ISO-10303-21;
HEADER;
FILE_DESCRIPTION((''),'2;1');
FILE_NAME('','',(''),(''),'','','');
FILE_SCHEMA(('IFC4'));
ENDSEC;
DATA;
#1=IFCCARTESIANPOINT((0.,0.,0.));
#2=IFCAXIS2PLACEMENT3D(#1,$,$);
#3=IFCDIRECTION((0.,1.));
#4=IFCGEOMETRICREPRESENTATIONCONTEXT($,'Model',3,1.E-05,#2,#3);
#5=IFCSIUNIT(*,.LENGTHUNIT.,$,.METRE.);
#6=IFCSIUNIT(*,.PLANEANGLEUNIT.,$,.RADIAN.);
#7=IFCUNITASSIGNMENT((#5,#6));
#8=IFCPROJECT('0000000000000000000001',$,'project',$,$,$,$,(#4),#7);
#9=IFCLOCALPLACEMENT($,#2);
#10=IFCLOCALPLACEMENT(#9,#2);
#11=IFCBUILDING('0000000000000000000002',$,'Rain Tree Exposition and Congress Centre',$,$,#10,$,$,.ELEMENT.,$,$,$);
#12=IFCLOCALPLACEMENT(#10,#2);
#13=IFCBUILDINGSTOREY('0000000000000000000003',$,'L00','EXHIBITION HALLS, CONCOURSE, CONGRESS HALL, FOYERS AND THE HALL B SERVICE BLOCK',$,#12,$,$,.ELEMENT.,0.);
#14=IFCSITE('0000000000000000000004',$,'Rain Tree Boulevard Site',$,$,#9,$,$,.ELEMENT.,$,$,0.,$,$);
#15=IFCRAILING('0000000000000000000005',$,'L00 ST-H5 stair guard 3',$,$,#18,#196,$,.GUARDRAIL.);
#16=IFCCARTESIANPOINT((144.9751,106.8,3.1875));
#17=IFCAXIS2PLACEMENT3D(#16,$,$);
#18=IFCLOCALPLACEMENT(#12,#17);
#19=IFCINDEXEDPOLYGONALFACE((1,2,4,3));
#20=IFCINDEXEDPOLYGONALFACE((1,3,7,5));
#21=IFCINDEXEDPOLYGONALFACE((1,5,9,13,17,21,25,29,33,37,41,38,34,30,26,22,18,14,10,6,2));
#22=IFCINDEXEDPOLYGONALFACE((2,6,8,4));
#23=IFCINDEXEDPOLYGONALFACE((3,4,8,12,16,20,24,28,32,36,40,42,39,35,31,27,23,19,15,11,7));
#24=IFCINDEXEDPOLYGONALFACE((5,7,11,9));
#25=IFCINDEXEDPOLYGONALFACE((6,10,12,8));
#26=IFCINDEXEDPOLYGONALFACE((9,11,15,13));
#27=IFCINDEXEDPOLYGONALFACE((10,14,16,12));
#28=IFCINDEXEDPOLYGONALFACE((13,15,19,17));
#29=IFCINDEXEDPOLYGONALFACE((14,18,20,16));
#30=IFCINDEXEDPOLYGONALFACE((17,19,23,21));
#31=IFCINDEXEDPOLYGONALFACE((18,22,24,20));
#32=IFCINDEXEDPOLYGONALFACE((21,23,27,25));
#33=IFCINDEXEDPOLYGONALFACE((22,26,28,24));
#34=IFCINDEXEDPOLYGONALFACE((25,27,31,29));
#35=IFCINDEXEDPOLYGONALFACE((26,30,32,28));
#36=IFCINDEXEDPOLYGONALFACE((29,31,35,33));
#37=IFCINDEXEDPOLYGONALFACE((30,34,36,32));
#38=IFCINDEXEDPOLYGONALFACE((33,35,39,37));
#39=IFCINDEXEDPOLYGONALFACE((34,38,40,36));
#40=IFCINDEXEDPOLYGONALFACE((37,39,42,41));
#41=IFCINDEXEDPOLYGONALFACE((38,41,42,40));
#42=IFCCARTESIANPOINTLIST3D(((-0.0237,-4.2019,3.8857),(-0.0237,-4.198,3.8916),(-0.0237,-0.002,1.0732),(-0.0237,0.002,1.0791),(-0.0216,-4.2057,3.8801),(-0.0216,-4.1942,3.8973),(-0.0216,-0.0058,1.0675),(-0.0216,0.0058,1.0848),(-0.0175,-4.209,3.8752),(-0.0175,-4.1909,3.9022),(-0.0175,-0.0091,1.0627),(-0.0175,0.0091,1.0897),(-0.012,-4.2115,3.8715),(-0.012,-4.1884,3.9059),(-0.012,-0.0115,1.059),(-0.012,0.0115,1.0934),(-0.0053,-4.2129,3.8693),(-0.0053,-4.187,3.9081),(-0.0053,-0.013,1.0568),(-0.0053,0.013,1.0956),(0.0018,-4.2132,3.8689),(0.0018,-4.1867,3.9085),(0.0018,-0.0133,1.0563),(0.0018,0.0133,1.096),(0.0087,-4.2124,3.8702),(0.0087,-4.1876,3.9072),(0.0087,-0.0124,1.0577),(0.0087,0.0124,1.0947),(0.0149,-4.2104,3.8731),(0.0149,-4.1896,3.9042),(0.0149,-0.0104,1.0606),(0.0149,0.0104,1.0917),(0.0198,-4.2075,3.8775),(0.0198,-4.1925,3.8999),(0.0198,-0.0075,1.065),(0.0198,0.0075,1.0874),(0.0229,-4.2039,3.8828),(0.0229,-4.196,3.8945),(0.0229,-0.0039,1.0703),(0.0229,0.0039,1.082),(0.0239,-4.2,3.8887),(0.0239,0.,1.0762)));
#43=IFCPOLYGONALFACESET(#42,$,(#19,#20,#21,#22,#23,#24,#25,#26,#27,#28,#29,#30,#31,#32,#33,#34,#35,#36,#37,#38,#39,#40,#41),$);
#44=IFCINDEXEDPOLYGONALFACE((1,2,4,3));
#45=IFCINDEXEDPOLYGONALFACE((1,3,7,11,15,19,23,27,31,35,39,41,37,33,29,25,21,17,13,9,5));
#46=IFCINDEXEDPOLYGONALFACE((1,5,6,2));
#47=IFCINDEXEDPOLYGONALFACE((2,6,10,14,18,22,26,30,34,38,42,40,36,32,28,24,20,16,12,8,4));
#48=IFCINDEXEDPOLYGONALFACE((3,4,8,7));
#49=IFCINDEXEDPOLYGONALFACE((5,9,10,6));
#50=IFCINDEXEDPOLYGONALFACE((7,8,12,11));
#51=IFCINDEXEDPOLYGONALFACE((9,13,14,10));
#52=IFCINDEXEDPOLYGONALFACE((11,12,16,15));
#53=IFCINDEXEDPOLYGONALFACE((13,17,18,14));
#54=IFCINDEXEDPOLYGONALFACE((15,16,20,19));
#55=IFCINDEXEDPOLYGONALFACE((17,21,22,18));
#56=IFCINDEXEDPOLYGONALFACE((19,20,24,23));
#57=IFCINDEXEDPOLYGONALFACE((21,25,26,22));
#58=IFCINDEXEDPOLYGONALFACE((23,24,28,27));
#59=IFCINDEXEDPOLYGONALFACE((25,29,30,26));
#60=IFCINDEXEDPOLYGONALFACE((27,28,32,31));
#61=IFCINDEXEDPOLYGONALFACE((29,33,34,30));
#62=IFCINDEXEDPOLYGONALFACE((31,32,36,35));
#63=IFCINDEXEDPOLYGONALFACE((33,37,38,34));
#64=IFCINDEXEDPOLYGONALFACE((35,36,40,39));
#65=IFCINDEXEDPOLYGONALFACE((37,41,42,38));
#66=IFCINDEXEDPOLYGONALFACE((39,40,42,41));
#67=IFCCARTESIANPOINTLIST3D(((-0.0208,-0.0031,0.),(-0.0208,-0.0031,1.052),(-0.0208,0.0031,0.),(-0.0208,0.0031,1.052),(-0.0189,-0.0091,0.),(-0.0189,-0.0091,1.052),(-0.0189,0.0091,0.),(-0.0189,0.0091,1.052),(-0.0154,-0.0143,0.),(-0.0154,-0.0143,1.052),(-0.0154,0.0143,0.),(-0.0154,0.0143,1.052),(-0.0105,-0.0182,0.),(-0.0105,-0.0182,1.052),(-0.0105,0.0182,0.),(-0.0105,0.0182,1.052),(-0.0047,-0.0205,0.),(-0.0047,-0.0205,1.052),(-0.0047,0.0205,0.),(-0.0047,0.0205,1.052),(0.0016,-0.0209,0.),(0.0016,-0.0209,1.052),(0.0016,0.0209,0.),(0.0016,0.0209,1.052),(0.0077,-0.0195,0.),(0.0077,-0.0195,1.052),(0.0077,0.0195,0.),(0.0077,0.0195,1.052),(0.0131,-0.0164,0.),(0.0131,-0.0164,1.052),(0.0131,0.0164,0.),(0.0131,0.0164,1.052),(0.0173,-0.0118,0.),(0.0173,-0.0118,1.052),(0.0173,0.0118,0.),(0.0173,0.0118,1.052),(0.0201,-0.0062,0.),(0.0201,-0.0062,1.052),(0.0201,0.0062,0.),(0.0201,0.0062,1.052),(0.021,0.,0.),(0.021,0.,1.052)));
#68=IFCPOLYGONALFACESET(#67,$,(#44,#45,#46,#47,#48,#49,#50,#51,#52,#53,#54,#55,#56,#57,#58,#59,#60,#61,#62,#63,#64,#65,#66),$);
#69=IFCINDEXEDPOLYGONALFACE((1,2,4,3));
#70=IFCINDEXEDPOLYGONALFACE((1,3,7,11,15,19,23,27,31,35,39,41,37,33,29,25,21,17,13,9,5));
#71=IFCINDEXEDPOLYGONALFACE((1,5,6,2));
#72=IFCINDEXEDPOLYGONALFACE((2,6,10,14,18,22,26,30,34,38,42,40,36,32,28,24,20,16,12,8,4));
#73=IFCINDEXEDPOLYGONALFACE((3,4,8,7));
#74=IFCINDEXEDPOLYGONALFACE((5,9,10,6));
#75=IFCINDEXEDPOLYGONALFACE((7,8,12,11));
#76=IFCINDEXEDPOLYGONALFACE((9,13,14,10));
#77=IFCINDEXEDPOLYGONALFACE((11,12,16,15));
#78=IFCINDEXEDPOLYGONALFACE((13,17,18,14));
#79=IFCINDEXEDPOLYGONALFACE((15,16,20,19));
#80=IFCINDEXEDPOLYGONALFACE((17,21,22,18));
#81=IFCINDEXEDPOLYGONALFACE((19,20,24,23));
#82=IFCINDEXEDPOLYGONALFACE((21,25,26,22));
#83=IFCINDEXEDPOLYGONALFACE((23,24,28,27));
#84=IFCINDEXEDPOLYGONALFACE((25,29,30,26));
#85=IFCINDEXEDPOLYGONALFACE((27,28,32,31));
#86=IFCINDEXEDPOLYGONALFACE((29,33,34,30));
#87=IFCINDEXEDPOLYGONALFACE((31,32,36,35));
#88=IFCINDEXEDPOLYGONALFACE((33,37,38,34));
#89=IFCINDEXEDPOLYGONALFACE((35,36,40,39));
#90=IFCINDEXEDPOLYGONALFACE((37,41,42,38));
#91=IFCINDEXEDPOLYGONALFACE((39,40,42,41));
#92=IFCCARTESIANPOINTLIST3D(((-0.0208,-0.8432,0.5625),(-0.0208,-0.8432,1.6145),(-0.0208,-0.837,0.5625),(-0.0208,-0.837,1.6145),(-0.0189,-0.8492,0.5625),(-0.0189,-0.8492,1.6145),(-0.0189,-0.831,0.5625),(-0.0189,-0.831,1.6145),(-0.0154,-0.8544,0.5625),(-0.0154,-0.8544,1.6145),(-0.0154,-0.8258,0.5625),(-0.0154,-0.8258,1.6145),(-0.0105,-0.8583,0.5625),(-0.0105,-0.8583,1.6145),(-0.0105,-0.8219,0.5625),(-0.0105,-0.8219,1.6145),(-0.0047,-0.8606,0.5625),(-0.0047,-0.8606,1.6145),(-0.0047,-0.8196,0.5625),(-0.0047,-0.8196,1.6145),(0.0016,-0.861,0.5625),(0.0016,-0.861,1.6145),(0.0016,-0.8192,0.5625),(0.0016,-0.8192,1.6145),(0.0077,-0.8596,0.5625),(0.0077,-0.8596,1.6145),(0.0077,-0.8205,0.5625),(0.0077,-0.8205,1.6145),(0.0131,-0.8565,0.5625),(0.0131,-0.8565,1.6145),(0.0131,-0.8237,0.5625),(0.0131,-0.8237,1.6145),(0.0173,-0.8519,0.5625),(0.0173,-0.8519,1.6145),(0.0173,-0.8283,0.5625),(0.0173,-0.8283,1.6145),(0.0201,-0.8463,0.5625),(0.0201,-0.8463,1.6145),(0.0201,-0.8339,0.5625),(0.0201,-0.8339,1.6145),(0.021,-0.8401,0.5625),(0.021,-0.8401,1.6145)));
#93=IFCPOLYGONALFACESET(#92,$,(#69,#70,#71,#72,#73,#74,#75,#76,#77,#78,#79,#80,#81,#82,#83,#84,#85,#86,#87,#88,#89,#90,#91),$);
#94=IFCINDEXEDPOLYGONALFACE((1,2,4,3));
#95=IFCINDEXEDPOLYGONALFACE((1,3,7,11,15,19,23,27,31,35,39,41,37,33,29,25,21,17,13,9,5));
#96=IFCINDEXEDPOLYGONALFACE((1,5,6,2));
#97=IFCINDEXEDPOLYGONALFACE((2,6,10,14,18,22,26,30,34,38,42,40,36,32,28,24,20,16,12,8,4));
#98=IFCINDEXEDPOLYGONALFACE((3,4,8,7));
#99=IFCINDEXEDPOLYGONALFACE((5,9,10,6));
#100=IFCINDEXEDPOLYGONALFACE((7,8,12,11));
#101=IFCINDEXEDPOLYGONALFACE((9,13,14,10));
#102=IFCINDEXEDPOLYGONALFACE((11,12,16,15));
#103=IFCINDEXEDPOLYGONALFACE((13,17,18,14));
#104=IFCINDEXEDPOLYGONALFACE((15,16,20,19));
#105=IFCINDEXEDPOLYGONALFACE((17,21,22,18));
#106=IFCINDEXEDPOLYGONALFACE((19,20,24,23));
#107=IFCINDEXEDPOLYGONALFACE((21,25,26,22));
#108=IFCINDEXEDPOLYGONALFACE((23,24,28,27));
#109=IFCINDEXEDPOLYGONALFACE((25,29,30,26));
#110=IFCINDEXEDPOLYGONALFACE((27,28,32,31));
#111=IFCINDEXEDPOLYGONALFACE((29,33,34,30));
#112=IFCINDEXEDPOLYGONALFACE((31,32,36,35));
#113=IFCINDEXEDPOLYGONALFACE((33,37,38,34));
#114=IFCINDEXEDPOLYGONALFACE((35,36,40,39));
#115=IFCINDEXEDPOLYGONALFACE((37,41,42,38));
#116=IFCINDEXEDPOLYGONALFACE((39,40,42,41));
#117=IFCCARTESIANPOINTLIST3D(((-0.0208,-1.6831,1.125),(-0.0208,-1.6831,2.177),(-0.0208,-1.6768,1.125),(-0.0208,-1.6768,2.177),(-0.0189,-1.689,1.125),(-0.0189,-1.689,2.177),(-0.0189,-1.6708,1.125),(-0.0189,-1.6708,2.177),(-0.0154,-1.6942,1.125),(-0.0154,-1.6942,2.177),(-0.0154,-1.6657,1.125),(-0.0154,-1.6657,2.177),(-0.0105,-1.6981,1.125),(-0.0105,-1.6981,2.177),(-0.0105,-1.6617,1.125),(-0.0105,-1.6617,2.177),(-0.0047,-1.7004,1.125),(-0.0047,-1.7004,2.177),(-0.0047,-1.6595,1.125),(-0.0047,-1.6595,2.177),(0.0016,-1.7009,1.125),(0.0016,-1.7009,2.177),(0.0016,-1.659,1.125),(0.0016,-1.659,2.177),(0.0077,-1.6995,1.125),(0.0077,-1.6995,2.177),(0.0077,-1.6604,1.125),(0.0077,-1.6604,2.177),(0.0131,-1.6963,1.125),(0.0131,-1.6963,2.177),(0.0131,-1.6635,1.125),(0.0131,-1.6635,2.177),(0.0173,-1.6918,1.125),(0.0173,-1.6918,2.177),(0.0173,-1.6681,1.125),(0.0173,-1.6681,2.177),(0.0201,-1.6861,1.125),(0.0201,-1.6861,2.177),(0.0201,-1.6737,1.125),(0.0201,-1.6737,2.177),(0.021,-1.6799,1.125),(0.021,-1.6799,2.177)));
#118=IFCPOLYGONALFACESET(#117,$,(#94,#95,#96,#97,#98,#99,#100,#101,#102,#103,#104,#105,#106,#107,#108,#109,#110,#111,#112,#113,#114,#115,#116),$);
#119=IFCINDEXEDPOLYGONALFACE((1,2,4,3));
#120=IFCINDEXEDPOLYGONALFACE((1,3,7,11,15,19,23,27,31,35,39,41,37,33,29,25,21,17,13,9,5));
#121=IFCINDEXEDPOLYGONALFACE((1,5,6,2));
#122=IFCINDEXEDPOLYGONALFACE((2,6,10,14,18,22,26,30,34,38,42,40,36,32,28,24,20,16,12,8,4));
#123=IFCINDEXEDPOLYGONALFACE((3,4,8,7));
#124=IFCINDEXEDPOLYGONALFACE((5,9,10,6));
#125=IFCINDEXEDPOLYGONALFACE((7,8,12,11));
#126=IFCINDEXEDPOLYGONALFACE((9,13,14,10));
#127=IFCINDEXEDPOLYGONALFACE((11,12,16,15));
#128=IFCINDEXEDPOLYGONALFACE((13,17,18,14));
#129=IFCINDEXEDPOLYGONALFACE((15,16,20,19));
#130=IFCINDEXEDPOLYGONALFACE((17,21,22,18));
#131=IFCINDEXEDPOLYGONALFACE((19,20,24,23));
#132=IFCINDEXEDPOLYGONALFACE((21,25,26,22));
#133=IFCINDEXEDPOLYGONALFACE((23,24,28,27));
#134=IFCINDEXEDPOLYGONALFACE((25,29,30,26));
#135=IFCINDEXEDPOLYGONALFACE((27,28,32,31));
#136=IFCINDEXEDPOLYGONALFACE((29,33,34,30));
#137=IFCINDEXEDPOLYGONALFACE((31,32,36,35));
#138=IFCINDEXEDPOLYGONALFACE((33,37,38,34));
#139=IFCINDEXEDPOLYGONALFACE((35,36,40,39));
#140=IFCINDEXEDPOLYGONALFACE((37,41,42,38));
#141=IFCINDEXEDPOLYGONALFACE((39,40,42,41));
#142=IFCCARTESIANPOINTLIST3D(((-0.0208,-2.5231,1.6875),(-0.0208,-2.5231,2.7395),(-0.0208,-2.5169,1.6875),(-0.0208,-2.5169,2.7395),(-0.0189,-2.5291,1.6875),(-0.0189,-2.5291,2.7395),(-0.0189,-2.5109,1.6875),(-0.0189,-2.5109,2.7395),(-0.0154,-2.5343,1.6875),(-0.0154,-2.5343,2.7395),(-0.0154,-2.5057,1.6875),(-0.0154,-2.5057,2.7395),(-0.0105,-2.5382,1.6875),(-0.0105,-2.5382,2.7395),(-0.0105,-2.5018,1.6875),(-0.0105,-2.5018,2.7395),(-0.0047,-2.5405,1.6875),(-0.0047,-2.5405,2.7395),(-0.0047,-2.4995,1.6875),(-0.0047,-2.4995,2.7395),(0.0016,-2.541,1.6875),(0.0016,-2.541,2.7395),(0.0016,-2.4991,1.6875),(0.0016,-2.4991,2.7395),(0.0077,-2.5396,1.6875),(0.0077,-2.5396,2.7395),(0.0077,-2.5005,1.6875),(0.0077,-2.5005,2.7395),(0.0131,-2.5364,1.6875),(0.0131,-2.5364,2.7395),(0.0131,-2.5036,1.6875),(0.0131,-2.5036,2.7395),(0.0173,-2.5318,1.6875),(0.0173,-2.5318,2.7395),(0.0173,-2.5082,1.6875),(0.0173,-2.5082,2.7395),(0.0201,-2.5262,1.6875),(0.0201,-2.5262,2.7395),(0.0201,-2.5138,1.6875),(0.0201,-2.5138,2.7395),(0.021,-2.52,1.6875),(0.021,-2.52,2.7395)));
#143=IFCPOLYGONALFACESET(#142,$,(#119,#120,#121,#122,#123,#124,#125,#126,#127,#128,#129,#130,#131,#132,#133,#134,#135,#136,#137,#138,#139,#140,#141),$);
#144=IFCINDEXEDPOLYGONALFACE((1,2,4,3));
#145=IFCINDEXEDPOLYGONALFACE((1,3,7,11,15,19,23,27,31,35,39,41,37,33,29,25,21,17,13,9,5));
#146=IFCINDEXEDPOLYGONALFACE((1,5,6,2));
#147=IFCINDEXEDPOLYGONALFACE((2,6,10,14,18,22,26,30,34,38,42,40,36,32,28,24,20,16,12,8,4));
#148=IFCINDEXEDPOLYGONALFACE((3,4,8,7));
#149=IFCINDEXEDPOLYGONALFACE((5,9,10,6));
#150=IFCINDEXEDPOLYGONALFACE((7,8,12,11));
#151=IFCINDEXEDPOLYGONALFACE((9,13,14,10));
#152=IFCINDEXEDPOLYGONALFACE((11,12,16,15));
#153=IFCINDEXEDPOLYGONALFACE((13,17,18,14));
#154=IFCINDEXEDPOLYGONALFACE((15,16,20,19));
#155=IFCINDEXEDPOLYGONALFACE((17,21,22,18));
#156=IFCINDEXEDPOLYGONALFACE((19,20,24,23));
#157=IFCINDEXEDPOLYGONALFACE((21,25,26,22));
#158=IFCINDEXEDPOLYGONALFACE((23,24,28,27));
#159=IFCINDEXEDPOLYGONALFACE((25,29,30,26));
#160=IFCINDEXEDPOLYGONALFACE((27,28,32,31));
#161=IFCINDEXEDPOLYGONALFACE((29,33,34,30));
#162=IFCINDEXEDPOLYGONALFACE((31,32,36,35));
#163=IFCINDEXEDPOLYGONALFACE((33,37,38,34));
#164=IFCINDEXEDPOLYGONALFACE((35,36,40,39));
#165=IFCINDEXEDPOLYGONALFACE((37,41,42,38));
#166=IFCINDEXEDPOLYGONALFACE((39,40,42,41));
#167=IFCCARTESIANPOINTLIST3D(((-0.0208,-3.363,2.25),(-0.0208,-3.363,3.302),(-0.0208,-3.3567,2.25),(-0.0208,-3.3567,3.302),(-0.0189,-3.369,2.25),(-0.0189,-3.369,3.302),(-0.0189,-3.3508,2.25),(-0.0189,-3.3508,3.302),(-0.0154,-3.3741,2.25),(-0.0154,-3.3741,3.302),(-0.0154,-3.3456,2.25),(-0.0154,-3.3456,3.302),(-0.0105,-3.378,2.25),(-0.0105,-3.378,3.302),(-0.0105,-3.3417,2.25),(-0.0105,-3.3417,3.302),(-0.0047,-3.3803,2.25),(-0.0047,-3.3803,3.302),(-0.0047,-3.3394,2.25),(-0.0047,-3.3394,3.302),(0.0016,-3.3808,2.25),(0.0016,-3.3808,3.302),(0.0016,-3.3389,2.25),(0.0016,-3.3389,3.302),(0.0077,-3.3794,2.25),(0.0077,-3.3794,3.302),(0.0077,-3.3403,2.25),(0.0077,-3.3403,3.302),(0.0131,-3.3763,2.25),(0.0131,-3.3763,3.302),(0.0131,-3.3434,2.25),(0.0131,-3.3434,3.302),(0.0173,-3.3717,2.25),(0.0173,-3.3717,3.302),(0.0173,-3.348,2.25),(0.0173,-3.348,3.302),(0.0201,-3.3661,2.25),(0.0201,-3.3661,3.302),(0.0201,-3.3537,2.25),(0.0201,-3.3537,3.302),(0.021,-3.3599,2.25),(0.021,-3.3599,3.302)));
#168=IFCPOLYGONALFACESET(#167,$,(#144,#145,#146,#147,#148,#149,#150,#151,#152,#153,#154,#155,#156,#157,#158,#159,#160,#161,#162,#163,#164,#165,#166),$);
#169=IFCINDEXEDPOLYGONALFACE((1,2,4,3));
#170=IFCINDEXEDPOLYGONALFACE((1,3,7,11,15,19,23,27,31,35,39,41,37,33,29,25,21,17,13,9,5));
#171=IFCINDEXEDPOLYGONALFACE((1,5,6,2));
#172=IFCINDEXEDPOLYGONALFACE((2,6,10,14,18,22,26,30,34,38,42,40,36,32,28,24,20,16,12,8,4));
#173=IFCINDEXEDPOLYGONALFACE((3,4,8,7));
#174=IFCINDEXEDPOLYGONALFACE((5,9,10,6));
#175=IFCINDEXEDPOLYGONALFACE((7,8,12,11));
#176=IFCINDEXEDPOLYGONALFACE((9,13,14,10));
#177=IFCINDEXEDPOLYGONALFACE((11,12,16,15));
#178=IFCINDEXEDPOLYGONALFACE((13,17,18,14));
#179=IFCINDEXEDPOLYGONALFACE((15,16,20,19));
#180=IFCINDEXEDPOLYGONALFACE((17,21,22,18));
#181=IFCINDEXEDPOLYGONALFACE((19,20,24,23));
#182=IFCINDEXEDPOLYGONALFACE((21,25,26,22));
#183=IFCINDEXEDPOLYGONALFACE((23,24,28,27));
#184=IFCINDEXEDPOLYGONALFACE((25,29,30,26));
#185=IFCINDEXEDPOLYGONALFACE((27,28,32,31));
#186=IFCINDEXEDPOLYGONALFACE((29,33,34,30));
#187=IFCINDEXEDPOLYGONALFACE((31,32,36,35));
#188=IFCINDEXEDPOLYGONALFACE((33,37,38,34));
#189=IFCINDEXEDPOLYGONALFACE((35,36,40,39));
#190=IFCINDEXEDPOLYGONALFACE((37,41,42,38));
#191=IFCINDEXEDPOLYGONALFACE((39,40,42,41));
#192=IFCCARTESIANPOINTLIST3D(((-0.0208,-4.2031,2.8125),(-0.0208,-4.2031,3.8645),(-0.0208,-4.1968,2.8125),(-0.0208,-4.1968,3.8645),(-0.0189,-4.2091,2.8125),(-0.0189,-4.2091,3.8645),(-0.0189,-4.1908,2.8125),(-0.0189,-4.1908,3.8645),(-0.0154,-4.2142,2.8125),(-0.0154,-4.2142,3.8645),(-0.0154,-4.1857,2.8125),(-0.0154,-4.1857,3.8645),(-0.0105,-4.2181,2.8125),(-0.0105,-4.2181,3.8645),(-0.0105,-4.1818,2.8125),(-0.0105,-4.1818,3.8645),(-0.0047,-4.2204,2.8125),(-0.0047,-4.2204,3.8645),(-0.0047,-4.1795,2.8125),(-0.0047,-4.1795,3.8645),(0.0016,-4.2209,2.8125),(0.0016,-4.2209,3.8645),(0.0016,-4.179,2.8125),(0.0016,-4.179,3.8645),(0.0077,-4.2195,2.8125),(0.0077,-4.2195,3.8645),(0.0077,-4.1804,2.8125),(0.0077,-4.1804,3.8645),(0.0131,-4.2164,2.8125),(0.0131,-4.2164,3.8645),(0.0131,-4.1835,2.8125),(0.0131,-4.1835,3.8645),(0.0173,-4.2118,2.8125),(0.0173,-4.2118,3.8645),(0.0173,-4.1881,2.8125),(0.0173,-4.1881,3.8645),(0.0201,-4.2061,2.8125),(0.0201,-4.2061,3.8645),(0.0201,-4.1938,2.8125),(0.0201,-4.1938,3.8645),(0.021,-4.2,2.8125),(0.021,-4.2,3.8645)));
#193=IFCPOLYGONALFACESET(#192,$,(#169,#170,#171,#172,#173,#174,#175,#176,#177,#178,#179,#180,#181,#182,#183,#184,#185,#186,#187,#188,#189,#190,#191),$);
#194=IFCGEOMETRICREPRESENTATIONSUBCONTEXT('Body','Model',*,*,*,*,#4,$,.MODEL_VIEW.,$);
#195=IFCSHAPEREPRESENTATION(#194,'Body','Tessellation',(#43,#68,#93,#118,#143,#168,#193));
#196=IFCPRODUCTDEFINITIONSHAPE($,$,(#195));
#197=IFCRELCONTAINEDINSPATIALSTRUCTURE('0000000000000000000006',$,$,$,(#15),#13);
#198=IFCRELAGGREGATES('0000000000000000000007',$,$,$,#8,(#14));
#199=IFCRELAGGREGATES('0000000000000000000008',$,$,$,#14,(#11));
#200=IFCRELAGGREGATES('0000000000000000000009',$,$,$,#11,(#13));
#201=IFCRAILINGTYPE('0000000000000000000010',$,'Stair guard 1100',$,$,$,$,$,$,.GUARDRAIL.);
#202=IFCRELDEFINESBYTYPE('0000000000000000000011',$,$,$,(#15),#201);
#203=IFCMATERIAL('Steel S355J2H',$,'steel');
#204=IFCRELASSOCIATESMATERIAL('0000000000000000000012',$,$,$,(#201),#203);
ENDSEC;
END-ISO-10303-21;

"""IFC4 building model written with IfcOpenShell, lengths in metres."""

from ifc_helpers import new_model, si_unit, direction, frame, origin, origin_2d, place, context, subcontext, project, spatial, circle, extrude, material, type_object, element, save


model = new_model("IFC4")

# Units and contexts
model_context = context("Model", 3, precision=1e-05, world=origin(), true_north=direction((0.0, 1.0)))
body_context = subcontext(model_context, "Body", "Model", "MODEL_VIEW")
ifc_project = project(units=[si_unit("LENGTHUNIT", "METRE"), si_unit("PLANEANGLEUNIT", "RADIAN")], contexts=[model_context])

# Site, building, storey
site_placement = place(None, origin())
site = spatial("IfcSite", under=ifc_project, at=site_placement, Name="Rain Tree Boulevard Site", CompositionType="ELEMENT", RefElevation=0.0)
building_placement = place(site_placement, origin())
building = spatial("IfcBuilding", under=site, at=building_placement, Name="Rain Tree Exposition and Congress Centre", CompositionType="ELEMENT")
storey_placement = place(building_placement, origin())
storey = spatial("IfcBuildingStorey", under=building, at=storey_placement, Name="L00", Description="EXHIBITION HALLS, CONCOURSE, CONGRESS HALL, FOYERS AND THE HALL B SERVICE BLOCK", CompositionType="ELEMENT", Elevation=0.0)

# Railing
ifc_material_1 = material(Name="Steel S355J2H", Category="steel")
railing_type_1 = type_object("IfcRailingType", Name="Stair guard 1100", PredefinedType="GUARDRAIL", material=ifc_material_1)
railing_1_placement = place(storey_placement, frame((144.9751, 106.8, 3.1875)))
element("IfcRailing", 1, at=railing_1_placement, inside=storey, type_object=railing_type_1, Name="L00 ST-H5 stair guard 3", PredefinedType="GUARDRAIL", context=body_context, shape_type="SweptSolid", body=[
    extrude(circle(Radius=0.0239, at=origin_2d()), frame((0.0, 0.0, 1.0762), z_axis=(0.0, -0.830904, 0.556416), x_axis=(1.0, 0.0, 0.0)), (0.0, 0.0, 1.0), 5.0547),
    extrude(circle(Radius=0.021, at=origin_2d()), origin(), (0.0, 0.0, 1.0), 1.052),
    extrude(circle(Radius=0.021, at=origin_2d()), frame((0.0, -0.8401, 0.5625)), (0.0, 0.0, 1.0), 1.052),
    extrude(circle(Radius=0.021, at=origin_2d()), frame((0.0, -1.6799, 1.125)), (0.0, 0.0, 1.0), 1.052),
    extrude(circle(Radius=0.021, at=origin_2d()), frame((0.0, -2.52, 1.6875)), (0.0, 0.0, 1.0), 1.052),
    extrude(circle(Radius=0.021, at=origin_2d()), frame((0.0, -3.3599, 2.25)), (0.0, 0.0, 1.0), 1.052),
    extrude(circle(Radius=0.021, at=origin_2d()), frame((0.0, -4.2, 2.8125)), (0.0, 0.0, 1.0), 1.052),
])

save(model, "model.ifc")
